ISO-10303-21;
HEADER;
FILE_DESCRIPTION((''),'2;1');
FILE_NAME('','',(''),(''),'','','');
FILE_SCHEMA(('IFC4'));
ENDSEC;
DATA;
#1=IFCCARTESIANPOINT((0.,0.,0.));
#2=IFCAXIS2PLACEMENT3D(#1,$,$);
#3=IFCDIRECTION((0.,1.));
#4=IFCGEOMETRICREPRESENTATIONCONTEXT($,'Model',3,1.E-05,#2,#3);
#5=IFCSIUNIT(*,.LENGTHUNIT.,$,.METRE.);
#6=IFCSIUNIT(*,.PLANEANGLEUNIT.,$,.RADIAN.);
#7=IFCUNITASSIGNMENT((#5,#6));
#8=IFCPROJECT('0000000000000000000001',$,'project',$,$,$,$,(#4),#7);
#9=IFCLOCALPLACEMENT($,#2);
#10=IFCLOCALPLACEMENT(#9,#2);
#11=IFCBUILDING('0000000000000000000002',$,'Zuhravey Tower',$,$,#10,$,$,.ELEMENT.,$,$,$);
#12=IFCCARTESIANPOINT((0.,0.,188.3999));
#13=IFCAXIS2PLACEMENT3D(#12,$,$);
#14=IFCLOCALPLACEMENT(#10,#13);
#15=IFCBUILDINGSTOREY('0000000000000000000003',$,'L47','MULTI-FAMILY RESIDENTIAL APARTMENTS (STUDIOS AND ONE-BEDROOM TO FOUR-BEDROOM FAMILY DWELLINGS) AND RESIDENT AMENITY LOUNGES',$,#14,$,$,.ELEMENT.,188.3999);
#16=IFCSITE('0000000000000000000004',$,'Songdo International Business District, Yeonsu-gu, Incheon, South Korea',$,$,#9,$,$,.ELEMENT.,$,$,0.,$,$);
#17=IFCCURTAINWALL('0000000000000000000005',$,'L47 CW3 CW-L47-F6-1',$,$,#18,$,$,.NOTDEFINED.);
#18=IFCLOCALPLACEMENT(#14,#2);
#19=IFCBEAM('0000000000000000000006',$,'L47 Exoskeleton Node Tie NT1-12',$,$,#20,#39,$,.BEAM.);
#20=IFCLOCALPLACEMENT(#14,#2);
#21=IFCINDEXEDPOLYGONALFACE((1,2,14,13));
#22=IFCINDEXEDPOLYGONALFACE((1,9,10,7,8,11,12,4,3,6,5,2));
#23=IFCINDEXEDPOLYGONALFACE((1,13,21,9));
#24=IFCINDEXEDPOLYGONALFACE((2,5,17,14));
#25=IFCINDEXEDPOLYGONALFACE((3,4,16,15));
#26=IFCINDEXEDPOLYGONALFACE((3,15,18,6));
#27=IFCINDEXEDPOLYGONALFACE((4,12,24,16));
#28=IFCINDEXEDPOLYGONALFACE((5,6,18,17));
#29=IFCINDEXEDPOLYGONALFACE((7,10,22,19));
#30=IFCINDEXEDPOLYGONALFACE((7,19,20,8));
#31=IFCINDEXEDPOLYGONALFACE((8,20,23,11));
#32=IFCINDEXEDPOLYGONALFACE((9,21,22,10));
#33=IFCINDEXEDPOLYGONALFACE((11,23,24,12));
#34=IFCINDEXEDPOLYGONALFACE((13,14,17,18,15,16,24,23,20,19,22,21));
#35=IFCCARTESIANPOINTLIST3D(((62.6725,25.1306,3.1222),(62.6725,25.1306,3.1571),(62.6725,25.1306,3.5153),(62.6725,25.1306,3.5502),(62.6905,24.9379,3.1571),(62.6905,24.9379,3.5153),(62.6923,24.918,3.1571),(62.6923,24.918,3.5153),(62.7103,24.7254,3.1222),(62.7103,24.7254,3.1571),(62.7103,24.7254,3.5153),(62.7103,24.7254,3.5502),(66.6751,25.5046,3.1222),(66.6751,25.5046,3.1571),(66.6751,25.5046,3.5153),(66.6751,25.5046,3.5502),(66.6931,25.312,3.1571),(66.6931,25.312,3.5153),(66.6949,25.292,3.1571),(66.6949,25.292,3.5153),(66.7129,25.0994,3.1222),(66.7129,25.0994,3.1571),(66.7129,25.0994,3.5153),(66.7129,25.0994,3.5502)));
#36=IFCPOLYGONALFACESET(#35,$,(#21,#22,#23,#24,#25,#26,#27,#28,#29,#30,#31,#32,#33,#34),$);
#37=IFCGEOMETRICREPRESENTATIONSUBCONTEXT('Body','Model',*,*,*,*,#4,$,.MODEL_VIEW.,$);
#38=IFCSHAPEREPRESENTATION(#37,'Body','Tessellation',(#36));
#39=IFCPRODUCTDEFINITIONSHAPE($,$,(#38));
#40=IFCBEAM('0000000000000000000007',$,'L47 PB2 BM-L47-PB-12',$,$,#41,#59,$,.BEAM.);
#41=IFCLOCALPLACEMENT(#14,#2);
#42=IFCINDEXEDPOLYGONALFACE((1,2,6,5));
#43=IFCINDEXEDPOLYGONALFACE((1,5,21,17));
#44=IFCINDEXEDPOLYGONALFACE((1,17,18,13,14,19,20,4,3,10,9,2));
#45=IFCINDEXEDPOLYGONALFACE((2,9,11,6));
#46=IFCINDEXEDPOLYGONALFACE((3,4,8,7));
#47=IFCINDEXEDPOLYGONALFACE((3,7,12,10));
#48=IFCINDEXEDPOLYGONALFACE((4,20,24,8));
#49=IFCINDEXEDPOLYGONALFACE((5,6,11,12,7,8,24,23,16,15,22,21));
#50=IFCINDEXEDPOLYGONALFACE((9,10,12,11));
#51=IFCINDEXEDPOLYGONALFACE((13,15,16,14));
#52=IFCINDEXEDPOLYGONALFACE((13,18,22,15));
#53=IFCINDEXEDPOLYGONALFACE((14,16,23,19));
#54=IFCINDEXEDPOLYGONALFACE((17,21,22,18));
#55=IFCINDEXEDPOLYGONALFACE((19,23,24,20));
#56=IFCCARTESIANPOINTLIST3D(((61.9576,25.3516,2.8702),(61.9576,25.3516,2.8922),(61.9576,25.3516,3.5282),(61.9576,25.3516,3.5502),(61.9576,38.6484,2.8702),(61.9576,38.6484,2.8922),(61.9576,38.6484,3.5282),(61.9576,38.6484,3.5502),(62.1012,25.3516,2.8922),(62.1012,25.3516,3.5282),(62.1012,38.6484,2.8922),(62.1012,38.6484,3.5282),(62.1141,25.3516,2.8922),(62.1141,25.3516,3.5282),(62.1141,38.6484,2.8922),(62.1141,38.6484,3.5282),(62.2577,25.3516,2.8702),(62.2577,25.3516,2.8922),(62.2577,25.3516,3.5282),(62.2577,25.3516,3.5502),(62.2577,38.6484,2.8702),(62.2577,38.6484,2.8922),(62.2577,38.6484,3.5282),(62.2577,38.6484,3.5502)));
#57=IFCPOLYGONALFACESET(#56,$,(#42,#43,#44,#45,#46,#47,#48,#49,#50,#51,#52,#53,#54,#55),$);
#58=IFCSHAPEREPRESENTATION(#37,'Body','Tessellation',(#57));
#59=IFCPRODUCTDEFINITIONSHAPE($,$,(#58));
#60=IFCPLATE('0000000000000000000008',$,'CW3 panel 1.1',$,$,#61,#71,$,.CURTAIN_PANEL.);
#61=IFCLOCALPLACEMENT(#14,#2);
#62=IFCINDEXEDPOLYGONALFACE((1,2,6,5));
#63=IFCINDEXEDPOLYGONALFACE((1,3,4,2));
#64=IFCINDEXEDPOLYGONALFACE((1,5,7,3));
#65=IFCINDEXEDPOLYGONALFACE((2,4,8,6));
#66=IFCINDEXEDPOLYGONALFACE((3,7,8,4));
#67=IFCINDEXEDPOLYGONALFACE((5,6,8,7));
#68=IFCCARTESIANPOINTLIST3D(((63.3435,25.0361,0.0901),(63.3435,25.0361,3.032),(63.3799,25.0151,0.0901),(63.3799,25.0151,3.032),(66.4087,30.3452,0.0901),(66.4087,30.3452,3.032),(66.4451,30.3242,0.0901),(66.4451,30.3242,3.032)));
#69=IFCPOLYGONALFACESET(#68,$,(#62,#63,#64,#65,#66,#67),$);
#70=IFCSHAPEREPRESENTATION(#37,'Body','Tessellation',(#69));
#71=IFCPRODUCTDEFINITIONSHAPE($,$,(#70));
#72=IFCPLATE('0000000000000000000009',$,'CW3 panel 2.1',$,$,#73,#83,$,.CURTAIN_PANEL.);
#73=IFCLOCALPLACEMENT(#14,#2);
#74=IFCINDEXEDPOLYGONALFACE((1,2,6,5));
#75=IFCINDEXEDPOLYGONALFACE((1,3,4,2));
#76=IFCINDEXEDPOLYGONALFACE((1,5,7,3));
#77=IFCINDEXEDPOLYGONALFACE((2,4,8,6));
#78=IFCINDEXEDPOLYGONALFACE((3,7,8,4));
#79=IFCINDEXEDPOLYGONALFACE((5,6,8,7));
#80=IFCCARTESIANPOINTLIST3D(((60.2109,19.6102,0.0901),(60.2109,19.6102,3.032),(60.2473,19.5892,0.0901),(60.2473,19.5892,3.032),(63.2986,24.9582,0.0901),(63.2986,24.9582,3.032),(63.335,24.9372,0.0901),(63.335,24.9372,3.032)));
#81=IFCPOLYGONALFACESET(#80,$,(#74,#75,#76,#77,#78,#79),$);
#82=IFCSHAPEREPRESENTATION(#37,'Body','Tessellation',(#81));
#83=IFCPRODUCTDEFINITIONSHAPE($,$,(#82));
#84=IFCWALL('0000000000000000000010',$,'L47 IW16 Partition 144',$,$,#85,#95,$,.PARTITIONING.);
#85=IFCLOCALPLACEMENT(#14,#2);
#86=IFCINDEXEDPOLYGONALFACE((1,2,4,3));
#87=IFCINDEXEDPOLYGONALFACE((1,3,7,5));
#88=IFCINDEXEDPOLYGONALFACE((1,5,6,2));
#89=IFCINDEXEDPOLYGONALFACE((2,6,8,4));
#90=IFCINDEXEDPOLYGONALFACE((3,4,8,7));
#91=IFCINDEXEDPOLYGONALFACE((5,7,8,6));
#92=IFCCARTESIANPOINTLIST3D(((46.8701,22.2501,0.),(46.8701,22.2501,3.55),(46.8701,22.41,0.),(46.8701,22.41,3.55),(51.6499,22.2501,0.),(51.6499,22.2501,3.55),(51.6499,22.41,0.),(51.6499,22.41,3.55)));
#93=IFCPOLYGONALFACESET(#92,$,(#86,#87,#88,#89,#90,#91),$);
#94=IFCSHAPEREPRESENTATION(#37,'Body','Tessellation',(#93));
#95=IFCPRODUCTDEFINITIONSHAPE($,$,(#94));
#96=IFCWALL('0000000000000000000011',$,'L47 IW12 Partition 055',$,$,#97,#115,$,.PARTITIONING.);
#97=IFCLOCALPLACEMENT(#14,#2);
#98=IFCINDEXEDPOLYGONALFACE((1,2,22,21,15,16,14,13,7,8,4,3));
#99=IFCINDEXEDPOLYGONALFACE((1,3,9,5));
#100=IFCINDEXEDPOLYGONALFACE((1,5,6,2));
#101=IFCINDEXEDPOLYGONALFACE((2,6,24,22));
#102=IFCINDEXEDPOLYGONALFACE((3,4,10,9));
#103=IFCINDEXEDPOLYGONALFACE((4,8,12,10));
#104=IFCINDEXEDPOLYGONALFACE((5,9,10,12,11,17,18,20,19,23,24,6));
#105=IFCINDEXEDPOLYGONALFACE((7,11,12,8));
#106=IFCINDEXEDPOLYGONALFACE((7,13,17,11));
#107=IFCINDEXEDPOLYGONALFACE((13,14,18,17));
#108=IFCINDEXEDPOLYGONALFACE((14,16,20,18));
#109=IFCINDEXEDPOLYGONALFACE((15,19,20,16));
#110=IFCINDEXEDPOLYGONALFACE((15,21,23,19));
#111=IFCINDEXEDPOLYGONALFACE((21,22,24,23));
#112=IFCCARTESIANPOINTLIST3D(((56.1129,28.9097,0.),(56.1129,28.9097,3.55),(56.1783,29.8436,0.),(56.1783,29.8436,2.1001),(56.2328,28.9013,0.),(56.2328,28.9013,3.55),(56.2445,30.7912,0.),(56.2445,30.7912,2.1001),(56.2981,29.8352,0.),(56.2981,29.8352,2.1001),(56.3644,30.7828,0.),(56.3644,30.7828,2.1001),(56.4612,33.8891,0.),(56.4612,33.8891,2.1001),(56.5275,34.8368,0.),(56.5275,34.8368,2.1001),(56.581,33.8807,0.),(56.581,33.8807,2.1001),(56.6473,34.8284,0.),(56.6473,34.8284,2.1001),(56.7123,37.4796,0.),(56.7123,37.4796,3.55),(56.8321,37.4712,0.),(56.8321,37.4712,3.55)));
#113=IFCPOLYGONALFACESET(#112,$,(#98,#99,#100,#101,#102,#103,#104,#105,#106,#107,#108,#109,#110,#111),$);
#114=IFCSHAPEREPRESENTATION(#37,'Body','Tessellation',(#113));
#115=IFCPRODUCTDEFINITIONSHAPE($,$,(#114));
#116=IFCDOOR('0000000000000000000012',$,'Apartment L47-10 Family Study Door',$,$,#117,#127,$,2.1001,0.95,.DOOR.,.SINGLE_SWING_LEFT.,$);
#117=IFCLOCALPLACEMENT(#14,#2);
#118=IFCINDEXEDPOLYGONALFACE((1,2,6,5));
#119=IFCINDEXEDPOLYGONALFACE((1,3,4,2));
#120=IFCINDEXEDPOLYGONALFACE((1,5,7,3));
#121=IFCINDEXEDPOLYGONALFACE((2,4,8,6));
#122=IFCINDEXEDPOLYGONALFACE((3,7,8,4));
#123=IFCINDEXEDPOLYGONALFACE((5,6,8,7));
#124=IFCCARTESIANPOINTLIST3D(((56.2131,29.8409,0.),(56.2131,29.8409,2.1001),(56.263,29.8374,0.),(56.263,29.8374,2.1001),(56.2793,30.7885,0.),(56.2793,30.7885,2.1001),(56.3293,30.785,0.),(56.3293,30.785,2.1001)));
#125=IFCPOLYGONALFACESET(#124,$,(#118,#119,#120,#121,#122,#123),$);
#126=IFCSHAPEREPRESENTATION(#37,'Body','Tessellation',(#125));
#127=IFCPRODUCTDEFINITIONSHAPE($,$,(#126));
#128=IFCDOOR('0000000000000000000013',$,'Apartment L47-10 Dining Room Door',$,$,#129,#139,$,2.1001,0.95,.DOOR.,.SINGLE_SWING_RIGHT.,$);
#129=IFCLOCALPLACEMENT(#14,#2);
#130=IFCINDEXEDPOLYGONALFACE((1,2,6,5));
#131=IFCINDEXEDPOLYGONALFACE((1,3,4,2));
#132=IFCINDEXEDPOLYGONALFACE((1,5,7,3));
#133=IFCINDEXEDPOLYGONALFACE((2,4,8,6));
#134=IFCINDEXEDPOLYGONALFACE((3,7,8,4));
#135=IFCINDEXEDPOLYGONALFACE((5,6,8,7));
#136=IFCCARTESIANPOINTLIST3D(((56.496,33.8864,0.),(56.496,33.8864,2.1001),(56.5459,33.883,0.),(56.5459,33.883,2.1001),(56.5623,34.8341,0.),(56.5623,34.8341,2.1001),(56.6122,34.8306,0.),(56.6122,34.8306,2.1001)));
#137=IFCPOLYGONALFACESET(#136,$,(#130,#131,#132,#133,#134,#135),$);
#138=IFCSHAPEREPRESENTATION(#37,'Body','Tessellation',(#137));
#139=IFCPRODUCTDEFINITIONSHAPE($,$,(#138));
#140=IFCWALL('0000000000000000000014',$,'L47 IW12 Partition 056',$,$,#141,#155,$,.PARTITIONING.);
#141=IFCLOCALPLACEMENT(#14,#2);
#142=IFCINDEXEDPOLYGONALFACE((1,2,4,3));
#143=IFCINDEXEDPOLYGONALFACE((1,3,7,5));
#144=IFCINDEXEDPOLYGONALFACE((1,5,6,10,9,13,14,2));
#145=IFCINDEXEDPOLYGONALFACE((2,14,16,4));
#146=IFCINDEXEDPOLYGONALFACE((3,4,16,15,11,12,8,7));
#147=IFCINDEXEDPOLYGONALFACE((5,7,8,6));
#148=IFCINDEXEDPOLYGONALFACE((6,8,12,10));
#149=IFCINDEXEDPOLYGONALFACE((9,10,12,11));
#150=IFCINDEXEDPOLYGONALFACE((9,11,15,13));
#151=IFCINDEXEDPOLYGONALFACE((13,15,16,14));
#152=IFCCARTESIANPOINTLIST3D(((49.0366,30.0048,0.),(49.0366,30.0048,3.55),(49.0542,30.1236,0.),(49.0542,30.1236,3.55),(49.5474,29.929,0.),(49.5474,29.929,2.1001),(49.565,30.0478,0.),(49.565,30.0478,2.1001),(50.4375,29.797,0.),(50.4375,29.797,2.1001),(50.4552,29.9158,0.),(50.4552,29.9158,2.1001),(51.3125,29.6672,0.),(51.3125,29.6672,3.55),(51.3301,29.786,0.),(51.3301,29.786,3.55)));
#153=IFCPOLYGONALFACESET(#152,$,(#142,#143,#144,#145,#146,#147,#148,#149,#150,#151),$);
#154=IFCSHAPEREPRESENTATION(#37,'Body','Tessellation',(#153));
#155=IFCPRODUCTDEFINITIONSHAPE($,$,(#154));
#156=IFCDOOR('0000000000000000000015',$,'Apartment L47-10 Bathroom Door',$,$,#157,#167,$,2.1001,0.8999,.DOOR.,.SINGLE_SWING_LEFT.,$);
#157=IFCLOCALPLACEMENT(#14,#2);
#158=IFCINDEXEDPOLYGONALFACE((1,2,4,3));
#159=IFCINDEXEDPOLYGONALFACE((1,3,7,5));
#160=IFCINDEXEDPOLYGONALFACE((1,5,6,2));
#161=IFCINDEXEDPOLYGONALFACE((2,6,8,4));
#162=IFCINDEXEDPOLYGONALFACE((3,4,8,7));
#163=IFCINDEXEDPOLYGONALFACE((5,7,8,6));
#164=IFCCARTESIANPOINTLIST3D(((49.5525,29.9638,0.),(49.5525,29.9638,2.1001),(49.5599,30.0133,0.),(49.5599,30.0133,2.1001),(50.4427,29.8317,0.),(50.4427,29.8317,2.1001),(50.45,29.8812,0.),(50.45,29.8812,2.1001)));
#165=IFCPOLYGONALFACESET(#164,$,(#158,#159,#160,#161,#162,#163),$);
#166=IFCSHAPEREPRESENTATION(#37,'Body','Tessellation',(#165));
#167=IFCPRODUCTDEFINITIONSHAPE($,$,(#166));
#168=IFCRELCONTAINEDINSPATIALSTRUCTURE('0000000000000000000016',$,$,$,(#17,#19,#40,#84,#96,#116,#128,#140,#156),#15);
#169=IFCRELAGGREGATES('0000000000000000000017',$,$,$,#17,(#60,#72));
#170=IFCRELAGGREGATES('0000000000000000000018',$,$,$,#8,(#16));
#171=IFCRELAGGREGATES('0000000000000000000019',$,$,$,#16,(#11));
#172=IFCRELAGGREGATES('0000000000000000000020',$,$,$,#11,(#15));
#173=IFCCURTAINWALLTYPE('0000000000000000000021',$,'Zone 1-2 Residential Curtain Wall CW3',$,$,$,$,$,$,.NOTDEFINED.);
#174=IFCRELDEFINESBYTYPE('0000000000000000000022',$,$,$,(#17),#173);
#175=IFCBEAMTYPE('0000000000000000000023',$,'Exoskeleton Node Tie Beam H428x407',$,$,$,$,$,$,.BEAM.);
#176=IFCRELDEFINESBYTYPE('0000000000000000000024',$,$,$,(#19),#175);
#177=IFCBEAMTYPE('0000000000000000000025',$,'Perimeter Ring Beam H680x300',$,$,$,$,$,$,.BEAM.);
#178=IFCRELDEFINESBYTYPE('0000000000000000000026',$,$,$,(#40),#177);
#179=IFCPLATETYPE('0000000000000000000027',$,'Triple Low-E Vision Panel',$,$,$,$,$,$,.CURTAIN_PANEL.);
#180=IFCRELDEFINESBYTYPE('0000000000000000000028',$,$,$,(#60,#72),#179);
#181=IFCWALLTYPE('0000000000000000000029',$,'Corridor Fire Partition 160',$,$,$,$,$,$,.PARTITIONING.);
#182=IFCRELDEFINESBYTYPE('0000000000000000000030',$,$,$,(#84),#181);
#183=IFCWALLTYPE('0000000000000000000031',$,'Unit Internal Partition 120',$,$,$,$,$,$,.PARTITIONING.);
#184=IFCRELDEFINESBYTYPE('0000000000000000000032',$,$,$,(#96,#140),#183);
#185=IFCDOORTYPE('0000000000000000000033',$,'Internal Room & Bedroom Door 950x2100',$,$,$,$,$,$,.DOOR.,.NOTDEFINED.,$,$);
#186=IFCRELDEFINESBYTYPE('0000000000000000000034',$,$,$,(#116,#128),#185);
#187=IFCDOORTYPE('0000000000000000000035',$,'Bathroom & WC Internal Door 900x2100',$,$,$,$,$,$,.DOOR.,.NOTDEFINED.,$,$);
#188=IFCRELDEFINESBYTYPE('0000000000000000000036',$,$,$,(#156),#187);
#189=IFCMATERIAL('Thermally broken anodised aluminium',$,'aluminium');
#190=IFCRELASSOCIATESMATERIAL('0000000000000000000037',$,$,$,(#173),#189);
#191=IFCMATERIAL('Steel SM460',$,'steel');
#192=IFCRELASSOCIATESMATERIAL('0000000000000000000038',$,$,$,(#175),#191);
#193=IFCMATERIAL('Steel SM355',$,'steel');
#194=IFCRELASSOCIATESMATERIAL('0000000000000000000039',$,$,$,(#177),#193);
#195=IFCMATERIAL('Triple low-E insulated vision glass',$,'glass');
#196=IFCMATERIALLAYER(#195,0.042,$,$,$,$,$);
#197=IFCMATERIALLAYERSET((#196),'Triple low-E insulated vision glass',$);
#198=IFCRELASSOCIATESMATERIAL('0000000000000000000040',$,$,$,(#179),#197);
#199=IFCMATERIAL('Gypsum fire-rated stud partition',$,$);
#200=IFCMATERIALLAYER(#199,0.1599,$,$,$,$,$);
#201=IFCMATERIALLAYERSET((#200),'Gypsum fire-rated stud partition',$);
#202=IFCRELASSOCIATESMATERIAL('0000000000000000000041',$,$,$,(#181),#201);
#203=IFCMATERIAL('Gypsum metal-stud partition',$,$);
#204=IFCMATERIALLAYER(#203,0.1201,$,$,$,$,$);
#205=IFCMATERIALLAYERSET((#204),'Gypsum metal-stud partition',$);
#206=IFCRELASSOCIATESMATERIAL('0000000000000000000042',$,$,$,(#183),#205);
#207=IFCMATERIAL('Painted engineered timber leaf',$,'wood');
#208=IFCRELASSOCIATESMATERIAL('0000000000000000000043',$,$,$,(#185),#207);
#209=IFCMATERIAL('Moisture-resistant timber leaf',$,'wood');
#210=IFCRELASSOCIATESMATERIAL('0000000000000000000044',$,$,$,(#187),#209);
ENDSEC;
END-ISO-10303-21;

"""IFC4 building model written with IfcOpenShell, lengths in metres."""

from ifc_helpers import new_model, si_unit, direction, frame, frame_2d, origin, origin_2d, place, context, subcontext, project, spatial, rectangle, i_section, extrude, material, layer, layer_set, material_profile, profile_set, type_object, element, fill, aggregate, save


model = new_model("IFC4")

# Units and contexts
model_context = context("Model", 3, precision=1e-05, world=origin(), true_north=direction((0.0, 1.0)))
body_context = subcontext(model_context, "Body", "Model", "MODEL_VIEW")
ifc_project = project(units=[si_unit("LENGTHUNIT", "METRE"), si_unit("PLANEANGLEUNIT", "RADIAN")], contexts=[model_context])

# Site, building, storey
site_placement = place(None, origin())
site = spatial("IfcSite", under=ifc_project, at=site_placement, Name="Songdo International Business District, Yeonsu-gu, Incheon, South Korea", CompositionType="ELEMENT", RefElevation=0.0)
building_placement = place(site_placement, origin())
building = spatial("IfcBuilding", under=site, at=building_placement, Name="Zuhravey Tower", CompositionType="ELEMENT")
storey_placement = place(building_placement, frame((0.0, 0.0, 188.3999)))
storey = spatial("IfcBuildingStorey", under=building, at=storey_placement, Name="L47", Description="MULTI-FAMILY RESIDENTIAL APARTMENTS (STUDIOS AND ONE-BEDROOM TO FOUR-BEDROOM FAMILY DWELLINGS) AND RESIDENT AMENITY LOUNGES", CompositionType="ELEMENT", Elevation=188.3999)

# Curtain wall
ifc_material_1 = material(Name="Thermally broken anodised aluminium", Category="aluminium")
curtain_wall_type = type_object("IfcCurtainWallType", Name="Zone 1-2 Residential Curtain Wall CW3", PredefinedType="NOTDEFINED", material=ifc_material_1)
curtain_wall_placement = place(storey_placement, origin())
curtain_wall = element("IfcCurtainWall", 1, at=curtain_wall_placement, inside=storey, type_object=curtain_wall_type, Name="L47 CW3 CW-L47-F6-1", PredefinedType="NOTDEFINED")

# Beams
ifc_material_2 = material(Name="Steel SM460", Category="steel")
ifc_material_profile_1 = material_profile(ifc_material_2, i_section(OverallWidth=0.407, OverallDepth=0.428, WebThickness=0.02, FlangeThickness=0.0349, at=origin_2d()), Name="H-428x407x20x35")
ifc_profile_set_1 = profile_set([ifc_material_profile_1], Name="Steel SM460")
beam_type_1 = type_object("IfcBeamType", Name="Exoskeleton Node Tie Beam H428x407", PredefinedType="BEAM", material=ifc_profile_set_1)
beam_1_placement = place(storey_placement, frame((62.6914, 24.928, 3.3362), z_axis=(0.995663, 0.093038, 0.0), x_axis=(-0.093038, 0.995663, 0.0)))
element("IfcBeam", 2, at=beam_1_placement, inside=storey, type_object=beam_type_1, Name="L47 Exoskeleton Node Tie NT1-12", PredefinedType="BEAM", context=body_context, shape_type="SweptSolid", body=[
    extrude(i_section(OverallWidth=0.407, OverallDepth=0.428, WebThickness=0.02, FlangeThickness=0.0349, at=origin_2d()), origin(), (0.0, 0.0, 1.0), 4.02),
])
ifc_material_3 = material(Name="Steel SM355", Category="steel")
ifc_material_profile_2 = material_profile(ifc_material_3, i_section(OverallWidth=0.3, OverallDepth=0.6799, WebThickness=0.0129, FlangeThickness=0.022, at=origin_2d()), Name="H-680x300x13x22")
ifc_profile_set_2 = profile_set([ifc_material_profile_2], Name="Steel SM355")
beam_type_2 = type_object("IfcBeamType", Name="Perimeter Ring Beam H680x300", PredefinedType="BEAM", material=ifc_profile_set_2)
beam_2_placement = place(storey_placement, frame((62.1077, 25.3516, 3.2102), z_axis=(0.0, 1.0, 0.0), x_axis=(-1.0, 0.0, 0.0)))
element("IfcBeam", 3, at=beam_2_placement, inside=storey, type_object=beam_type_2, Name="L47 PB2 BM-L47-PB-12", PredefinedType="BEAM", context=body_context, shape_type="SweptSolid", body=[
    extrude(i_section(OverallWidth=0.3, OverallDepth=0.6799, WebThickness=0.0129, FlangeThickness=0.022, at=origin_2d()), origin(), (0.0, 0.0, 1.0), 13.2969),
])

# Plates
ifc_material_4 = material(Name="Triple low-E insulated vision glass", Category="glass")
ifc_layer_1 = layer(ifc_material_4, 0.042)
ifc_layer_set_1 = layer_set([ifc_layer_1], Name="Triple low-E insulated vision glass")
plate_type = type_object("IfcPlateType", Name="Triple Low-E Vision Panel", PredefinedType="CURTAIN_PANEL", material=ifc_layer_set_1)
plate_1_placement = place(storey_placement, frame((64.8943, 27.6802, 0.0901), z_axis=(0.0, 0.0, 1.0), x_axis=(-0.499999, -0.866026, 0.0)))
plate_1 = element("IfcPlate", 4, at=plate_1_placement, type_object=plate_type, Name="CW3 panel 1.1", PredefinedType="CURTAIN_PANEL", context=body_context, shape_type="SweptSolid", body=[
    extrude(rectangle(XDim=6.1304, YDim=0.042, at=origin_2d()), origin(), (0.0, 0.0, 1.0), 2.9419),
])
plate_2_placement = place(storey_placement, frame((61.7729, 22.2737, 0.0901), z_axis=(0.0, 0.0, 1.0), x_axis=(-0.499999, -0.866026, 0.0)))
plate_2 = element("IfcPlate", 5, at=plate_2_placement, type_object=plate_type, Name="CW3 panel 2.1", PredefinedType="CURTAIN_PANEL", context=body_context, shape_type="SweptSolid", body=[
    extrude(rectangle(XDim=6.1753, YDim=0.042, at=origin_2d()), origin(), (0.0, 0.0, 1.0), 2.9419),
])
aggregate(curtain_wall, [plate_1, plate_2])

# Shared definitions
ifc_material_5 = material(Name="Gypsum fire-rated stud partition")
ifc_layer_2 = layer(ifc_material_5, 0.1599)
ifc_layer_set_2 = layer_set([ifc_layer_2], Name="Gypsum fire-rated stud partition")
wall_type_1 = type_object("IfcWallType", Name="Corridor Fire Partition 160", PredefinedType="PARTITIONING", material=ifc_layer_set_2)

# Wall
wall_1_placement = place(storey_placement, frame((51.6499, 22.3301, 0.0), z_axis=(0.0, 0.0, 1.0), x_axis=(-1.0, 0.0, 0.0)))
element("IfcWall", 6, at=wall_1_placement, inside=storey, type_object=wall_type_1, Name="L47 IW16 Partition 144", PredefinedType="PARTITIONING", context=body_context, shape_type="SweptSolid", body=[
    extrude(rectangle(XDim=4.7798, YDim=0.1599, at=frame_2d((2.3899, 0.0))), origin(), (0.0, 0.0, 1.0), 3.55),
])

# Wall, openings, doors
ifc_material_6 = material(Name="Gypsum metal-stud partition")
ifc_layer_3 = layer(ifc_material_6, 0.1201)
ifc_layer_set_3 = layer_set([ifc_layer_3], Name="Gypsum metal-stud partition")
wall_type_2 = type_object("IfcWallType", Name="Unit Internal Partition 120", PredefinedType="PARTITIONING", material=ifc_layer_set_3)
wall_2_placement = place(storey_placement, frame((56.1729, 28.9055, 0.0), z_axis=(0.0, 0.0, 1.0), x_axis=(0.069769, 0.997563, 0.0)))
wall_2 = element("IfcWall", 7, at=wall_2_placement, inside=storey, type_object=wall_type_2, Name="L47 IW12 Partition 055", PredefinedType="PARTITIONING", context=body_context, shape_type="SweptSolid", body=[
    extrude(rectangle(XDim=8.5908, YDim=0.1201, at=frame_2d((4.2954, 0.0))), origin(), (0.0, 0.0, 1.0), 3.55),
])
opening_1_placement = place(wall_2_placement, frame((0.936, 0.0, 0.0)))
opening_1 = element("IfcOpeningElement", 8, at=opening_1_placement, cuts=wall_2, PredefinedType="OPENING", context=body_context, shape_type="SweptSolid", body=[
    extrude(rectangle(XDim=0.95, YDim=2.1001, at=frame_2d((0.4751, 1.05))), frame((0.0, 0.072, 0.0), z_axis=(0.0, -1.0, 0.0), x_axis=(1.0, 0.0, 0.0)), (0.0, 0.0, 1.0), 0.144),
])
opening_2_placement = place(wall_2_placement, frame((4.9915, 0.0, 0.0)))
opening_2 = element("IfcOpeningElement", 9, at=opening_2_placement, cuts=wall_2, PredefinedType="OPENING", context=body_context, shape_type="SweptSolid", body=[
    extrude(rectangle(XDim=0.95, YDim=2.1001, at=frame_2d((0.4751, 1.05))), frame((0.0, 0.072, 0.0), z_axis=(0.0, -1.0, 0.0), x_axis=(1.0, 0.0, 0.0)), (0.0, 0.0, 1.0), 0.144),
])
ifc_material_7 = material(Name="Painted engineered timber leaf", Category="wood")
door_type_1 = type_object("IfcDoorType", Name="Internal Room & Bedroom Door 950x2100", OperationType="NOTDEFINED", PredefinedType="DOOR", material=ifc_material_7)
door_1_placement = place(opening_1_placement, frame((0.95, 0.0, 0.0), z_axis=(0.0, 0.0, 1.0), x_axis=(-1.0, 0.0, 0.0)))
door_1 = element("IfcDoor", 10, at=door_1_placement, inside=storey, type_object=door_type_1, Name="Apartment L47-10 Family Study Door", OperationType="SINGLE_SWING_LEFT", OverallHeight=2.1001, OverallWidth=0.95, PredefinedType="DOOR", context=body_context, shape_type="SweptSolid", body=[
    extrude(rectangle(XDim=0.95, YDim=2.1001, at=frame_2d((0.4751, 1.05))), frame((0.0, 0.0249, 0.0), z_axis=(0.0, -1.0, 0.0), x_axis=(1.0, 0.0, 0.0)), (0.0, 0.0, 1.0), 0.05),
])
fill(opening_1, door_1)
door_2_placement = place(opening_2_placement, frame((0.95, 0.0, 0.0), z_axis=(0.0, 0.0, 1.0), x_axis=(-1.0, 0.0, 0.0)))
door_2 = element("IfcDoor", 11, at=door_2_placement, inside=storey, type_object=door_type_1, Name="Apartment L47-10 Dining Room Door", OperationType="SINGLE_SWING_RIGHT", OverallHeight=2.1001, OverallWidth=0.95, PredefinedType="DOOR", context=body_context, shape_type="SweptSolid", body=[
    extrude(rectangle(XDim=0.95, YDim=2.1001, at=frame_2d((0.4751, 1.05))), frame((0.0, 0.0249, 0.0), z_axis=(0.0, -1.0, 0.0), x_axis=(1.0, 0.0, 0.0)), (0.0, 0.0, 1.0), 0.05),
])
fill(opening_2, door_2)

# Wall, opening, door
wall_3_placement = place(storey_placement, frame((49.0454, 30.0642, 0.0), z_axis=(0.0, 0.0, 1.0), x_axis=(0.989173, -0.146752, 0.0)))
wall_3 = element("IfcWall", 12, at=wall_3_placement, inside=storey, type_object=wall_type_2, Name="L47 IW12 Partition 056", PredefinedType="PARTITIONING", context=body_context, shape_type="SweptSolid", body=[
    extrude(rectangle(XDim=2.3008, YDim=0.1201, at=frame_2d((1.1504, 0.0))), origin(), (0.0, 0.0, 1.0), 3.55),
])
opening_3_placement = place(wall_3_placement, frame((0.5164, 0.0, 0.0)))
opening_3 = element("IfcOpeningElement", 13, at=opening_3_placement, cuts=wall_3, PredefinedType="OPENING", context=body_context, shape_type="SweptSolid", body=[
    extrude(rectangle(XDim=0.8999, YDim=2.1001, at=frame_2d((0.45, 1.05))), frame((0.0, 0.072, 0.0), z_axis=(0.0, -1.0, 0.0), x_axis=(1.0, 0.0, 0.0)), (0.0, 0.0, 1.0), 0.144),
])
ifc_material_8 = material(Name="Moisture-resistant timber leaf", Category="wood")
door_type_2 = type_object("IfcDoorType", Name="Bathroom & WC Internal Door 900x2100", OperationType="NOTDEFINED", PredefinedType="DOOR", material=ifc_material_8)
door_3_placement = place(opening_3_placement, frame((0.8999, 0.0, 0.0), z_axis=(0.0, 0.0, 1.0), x_axis=(-1.0, 0.0, 0.0)))
door_3 = element("IfcDoor", 14, at=door_3_placement, inside=storey, type_object=door_type_2, Name="Apartment L47-10 Bathroom Door", OperationType="SINGLE_SWING_LEFT", OverallHeight=2.1001, OverallWidth=0.8999, PredefinedType="DOOR", context=body_context, shape_type="SweptSolid", body=[
    extrude(rectangle(XDim=0.8999, YDim=2.1001, at=frame_2d((0.45, 1.05))), frame((0.0, 0.0249, 0.0), z_axis=(0.0, -1.0, 0.0), x_axis=(1.0, 0.0, 0.0)), (0.0, 0.0, 1.0), 0.05),
])
fill(opening_3, door_3)

save(model, "model.ifc")
